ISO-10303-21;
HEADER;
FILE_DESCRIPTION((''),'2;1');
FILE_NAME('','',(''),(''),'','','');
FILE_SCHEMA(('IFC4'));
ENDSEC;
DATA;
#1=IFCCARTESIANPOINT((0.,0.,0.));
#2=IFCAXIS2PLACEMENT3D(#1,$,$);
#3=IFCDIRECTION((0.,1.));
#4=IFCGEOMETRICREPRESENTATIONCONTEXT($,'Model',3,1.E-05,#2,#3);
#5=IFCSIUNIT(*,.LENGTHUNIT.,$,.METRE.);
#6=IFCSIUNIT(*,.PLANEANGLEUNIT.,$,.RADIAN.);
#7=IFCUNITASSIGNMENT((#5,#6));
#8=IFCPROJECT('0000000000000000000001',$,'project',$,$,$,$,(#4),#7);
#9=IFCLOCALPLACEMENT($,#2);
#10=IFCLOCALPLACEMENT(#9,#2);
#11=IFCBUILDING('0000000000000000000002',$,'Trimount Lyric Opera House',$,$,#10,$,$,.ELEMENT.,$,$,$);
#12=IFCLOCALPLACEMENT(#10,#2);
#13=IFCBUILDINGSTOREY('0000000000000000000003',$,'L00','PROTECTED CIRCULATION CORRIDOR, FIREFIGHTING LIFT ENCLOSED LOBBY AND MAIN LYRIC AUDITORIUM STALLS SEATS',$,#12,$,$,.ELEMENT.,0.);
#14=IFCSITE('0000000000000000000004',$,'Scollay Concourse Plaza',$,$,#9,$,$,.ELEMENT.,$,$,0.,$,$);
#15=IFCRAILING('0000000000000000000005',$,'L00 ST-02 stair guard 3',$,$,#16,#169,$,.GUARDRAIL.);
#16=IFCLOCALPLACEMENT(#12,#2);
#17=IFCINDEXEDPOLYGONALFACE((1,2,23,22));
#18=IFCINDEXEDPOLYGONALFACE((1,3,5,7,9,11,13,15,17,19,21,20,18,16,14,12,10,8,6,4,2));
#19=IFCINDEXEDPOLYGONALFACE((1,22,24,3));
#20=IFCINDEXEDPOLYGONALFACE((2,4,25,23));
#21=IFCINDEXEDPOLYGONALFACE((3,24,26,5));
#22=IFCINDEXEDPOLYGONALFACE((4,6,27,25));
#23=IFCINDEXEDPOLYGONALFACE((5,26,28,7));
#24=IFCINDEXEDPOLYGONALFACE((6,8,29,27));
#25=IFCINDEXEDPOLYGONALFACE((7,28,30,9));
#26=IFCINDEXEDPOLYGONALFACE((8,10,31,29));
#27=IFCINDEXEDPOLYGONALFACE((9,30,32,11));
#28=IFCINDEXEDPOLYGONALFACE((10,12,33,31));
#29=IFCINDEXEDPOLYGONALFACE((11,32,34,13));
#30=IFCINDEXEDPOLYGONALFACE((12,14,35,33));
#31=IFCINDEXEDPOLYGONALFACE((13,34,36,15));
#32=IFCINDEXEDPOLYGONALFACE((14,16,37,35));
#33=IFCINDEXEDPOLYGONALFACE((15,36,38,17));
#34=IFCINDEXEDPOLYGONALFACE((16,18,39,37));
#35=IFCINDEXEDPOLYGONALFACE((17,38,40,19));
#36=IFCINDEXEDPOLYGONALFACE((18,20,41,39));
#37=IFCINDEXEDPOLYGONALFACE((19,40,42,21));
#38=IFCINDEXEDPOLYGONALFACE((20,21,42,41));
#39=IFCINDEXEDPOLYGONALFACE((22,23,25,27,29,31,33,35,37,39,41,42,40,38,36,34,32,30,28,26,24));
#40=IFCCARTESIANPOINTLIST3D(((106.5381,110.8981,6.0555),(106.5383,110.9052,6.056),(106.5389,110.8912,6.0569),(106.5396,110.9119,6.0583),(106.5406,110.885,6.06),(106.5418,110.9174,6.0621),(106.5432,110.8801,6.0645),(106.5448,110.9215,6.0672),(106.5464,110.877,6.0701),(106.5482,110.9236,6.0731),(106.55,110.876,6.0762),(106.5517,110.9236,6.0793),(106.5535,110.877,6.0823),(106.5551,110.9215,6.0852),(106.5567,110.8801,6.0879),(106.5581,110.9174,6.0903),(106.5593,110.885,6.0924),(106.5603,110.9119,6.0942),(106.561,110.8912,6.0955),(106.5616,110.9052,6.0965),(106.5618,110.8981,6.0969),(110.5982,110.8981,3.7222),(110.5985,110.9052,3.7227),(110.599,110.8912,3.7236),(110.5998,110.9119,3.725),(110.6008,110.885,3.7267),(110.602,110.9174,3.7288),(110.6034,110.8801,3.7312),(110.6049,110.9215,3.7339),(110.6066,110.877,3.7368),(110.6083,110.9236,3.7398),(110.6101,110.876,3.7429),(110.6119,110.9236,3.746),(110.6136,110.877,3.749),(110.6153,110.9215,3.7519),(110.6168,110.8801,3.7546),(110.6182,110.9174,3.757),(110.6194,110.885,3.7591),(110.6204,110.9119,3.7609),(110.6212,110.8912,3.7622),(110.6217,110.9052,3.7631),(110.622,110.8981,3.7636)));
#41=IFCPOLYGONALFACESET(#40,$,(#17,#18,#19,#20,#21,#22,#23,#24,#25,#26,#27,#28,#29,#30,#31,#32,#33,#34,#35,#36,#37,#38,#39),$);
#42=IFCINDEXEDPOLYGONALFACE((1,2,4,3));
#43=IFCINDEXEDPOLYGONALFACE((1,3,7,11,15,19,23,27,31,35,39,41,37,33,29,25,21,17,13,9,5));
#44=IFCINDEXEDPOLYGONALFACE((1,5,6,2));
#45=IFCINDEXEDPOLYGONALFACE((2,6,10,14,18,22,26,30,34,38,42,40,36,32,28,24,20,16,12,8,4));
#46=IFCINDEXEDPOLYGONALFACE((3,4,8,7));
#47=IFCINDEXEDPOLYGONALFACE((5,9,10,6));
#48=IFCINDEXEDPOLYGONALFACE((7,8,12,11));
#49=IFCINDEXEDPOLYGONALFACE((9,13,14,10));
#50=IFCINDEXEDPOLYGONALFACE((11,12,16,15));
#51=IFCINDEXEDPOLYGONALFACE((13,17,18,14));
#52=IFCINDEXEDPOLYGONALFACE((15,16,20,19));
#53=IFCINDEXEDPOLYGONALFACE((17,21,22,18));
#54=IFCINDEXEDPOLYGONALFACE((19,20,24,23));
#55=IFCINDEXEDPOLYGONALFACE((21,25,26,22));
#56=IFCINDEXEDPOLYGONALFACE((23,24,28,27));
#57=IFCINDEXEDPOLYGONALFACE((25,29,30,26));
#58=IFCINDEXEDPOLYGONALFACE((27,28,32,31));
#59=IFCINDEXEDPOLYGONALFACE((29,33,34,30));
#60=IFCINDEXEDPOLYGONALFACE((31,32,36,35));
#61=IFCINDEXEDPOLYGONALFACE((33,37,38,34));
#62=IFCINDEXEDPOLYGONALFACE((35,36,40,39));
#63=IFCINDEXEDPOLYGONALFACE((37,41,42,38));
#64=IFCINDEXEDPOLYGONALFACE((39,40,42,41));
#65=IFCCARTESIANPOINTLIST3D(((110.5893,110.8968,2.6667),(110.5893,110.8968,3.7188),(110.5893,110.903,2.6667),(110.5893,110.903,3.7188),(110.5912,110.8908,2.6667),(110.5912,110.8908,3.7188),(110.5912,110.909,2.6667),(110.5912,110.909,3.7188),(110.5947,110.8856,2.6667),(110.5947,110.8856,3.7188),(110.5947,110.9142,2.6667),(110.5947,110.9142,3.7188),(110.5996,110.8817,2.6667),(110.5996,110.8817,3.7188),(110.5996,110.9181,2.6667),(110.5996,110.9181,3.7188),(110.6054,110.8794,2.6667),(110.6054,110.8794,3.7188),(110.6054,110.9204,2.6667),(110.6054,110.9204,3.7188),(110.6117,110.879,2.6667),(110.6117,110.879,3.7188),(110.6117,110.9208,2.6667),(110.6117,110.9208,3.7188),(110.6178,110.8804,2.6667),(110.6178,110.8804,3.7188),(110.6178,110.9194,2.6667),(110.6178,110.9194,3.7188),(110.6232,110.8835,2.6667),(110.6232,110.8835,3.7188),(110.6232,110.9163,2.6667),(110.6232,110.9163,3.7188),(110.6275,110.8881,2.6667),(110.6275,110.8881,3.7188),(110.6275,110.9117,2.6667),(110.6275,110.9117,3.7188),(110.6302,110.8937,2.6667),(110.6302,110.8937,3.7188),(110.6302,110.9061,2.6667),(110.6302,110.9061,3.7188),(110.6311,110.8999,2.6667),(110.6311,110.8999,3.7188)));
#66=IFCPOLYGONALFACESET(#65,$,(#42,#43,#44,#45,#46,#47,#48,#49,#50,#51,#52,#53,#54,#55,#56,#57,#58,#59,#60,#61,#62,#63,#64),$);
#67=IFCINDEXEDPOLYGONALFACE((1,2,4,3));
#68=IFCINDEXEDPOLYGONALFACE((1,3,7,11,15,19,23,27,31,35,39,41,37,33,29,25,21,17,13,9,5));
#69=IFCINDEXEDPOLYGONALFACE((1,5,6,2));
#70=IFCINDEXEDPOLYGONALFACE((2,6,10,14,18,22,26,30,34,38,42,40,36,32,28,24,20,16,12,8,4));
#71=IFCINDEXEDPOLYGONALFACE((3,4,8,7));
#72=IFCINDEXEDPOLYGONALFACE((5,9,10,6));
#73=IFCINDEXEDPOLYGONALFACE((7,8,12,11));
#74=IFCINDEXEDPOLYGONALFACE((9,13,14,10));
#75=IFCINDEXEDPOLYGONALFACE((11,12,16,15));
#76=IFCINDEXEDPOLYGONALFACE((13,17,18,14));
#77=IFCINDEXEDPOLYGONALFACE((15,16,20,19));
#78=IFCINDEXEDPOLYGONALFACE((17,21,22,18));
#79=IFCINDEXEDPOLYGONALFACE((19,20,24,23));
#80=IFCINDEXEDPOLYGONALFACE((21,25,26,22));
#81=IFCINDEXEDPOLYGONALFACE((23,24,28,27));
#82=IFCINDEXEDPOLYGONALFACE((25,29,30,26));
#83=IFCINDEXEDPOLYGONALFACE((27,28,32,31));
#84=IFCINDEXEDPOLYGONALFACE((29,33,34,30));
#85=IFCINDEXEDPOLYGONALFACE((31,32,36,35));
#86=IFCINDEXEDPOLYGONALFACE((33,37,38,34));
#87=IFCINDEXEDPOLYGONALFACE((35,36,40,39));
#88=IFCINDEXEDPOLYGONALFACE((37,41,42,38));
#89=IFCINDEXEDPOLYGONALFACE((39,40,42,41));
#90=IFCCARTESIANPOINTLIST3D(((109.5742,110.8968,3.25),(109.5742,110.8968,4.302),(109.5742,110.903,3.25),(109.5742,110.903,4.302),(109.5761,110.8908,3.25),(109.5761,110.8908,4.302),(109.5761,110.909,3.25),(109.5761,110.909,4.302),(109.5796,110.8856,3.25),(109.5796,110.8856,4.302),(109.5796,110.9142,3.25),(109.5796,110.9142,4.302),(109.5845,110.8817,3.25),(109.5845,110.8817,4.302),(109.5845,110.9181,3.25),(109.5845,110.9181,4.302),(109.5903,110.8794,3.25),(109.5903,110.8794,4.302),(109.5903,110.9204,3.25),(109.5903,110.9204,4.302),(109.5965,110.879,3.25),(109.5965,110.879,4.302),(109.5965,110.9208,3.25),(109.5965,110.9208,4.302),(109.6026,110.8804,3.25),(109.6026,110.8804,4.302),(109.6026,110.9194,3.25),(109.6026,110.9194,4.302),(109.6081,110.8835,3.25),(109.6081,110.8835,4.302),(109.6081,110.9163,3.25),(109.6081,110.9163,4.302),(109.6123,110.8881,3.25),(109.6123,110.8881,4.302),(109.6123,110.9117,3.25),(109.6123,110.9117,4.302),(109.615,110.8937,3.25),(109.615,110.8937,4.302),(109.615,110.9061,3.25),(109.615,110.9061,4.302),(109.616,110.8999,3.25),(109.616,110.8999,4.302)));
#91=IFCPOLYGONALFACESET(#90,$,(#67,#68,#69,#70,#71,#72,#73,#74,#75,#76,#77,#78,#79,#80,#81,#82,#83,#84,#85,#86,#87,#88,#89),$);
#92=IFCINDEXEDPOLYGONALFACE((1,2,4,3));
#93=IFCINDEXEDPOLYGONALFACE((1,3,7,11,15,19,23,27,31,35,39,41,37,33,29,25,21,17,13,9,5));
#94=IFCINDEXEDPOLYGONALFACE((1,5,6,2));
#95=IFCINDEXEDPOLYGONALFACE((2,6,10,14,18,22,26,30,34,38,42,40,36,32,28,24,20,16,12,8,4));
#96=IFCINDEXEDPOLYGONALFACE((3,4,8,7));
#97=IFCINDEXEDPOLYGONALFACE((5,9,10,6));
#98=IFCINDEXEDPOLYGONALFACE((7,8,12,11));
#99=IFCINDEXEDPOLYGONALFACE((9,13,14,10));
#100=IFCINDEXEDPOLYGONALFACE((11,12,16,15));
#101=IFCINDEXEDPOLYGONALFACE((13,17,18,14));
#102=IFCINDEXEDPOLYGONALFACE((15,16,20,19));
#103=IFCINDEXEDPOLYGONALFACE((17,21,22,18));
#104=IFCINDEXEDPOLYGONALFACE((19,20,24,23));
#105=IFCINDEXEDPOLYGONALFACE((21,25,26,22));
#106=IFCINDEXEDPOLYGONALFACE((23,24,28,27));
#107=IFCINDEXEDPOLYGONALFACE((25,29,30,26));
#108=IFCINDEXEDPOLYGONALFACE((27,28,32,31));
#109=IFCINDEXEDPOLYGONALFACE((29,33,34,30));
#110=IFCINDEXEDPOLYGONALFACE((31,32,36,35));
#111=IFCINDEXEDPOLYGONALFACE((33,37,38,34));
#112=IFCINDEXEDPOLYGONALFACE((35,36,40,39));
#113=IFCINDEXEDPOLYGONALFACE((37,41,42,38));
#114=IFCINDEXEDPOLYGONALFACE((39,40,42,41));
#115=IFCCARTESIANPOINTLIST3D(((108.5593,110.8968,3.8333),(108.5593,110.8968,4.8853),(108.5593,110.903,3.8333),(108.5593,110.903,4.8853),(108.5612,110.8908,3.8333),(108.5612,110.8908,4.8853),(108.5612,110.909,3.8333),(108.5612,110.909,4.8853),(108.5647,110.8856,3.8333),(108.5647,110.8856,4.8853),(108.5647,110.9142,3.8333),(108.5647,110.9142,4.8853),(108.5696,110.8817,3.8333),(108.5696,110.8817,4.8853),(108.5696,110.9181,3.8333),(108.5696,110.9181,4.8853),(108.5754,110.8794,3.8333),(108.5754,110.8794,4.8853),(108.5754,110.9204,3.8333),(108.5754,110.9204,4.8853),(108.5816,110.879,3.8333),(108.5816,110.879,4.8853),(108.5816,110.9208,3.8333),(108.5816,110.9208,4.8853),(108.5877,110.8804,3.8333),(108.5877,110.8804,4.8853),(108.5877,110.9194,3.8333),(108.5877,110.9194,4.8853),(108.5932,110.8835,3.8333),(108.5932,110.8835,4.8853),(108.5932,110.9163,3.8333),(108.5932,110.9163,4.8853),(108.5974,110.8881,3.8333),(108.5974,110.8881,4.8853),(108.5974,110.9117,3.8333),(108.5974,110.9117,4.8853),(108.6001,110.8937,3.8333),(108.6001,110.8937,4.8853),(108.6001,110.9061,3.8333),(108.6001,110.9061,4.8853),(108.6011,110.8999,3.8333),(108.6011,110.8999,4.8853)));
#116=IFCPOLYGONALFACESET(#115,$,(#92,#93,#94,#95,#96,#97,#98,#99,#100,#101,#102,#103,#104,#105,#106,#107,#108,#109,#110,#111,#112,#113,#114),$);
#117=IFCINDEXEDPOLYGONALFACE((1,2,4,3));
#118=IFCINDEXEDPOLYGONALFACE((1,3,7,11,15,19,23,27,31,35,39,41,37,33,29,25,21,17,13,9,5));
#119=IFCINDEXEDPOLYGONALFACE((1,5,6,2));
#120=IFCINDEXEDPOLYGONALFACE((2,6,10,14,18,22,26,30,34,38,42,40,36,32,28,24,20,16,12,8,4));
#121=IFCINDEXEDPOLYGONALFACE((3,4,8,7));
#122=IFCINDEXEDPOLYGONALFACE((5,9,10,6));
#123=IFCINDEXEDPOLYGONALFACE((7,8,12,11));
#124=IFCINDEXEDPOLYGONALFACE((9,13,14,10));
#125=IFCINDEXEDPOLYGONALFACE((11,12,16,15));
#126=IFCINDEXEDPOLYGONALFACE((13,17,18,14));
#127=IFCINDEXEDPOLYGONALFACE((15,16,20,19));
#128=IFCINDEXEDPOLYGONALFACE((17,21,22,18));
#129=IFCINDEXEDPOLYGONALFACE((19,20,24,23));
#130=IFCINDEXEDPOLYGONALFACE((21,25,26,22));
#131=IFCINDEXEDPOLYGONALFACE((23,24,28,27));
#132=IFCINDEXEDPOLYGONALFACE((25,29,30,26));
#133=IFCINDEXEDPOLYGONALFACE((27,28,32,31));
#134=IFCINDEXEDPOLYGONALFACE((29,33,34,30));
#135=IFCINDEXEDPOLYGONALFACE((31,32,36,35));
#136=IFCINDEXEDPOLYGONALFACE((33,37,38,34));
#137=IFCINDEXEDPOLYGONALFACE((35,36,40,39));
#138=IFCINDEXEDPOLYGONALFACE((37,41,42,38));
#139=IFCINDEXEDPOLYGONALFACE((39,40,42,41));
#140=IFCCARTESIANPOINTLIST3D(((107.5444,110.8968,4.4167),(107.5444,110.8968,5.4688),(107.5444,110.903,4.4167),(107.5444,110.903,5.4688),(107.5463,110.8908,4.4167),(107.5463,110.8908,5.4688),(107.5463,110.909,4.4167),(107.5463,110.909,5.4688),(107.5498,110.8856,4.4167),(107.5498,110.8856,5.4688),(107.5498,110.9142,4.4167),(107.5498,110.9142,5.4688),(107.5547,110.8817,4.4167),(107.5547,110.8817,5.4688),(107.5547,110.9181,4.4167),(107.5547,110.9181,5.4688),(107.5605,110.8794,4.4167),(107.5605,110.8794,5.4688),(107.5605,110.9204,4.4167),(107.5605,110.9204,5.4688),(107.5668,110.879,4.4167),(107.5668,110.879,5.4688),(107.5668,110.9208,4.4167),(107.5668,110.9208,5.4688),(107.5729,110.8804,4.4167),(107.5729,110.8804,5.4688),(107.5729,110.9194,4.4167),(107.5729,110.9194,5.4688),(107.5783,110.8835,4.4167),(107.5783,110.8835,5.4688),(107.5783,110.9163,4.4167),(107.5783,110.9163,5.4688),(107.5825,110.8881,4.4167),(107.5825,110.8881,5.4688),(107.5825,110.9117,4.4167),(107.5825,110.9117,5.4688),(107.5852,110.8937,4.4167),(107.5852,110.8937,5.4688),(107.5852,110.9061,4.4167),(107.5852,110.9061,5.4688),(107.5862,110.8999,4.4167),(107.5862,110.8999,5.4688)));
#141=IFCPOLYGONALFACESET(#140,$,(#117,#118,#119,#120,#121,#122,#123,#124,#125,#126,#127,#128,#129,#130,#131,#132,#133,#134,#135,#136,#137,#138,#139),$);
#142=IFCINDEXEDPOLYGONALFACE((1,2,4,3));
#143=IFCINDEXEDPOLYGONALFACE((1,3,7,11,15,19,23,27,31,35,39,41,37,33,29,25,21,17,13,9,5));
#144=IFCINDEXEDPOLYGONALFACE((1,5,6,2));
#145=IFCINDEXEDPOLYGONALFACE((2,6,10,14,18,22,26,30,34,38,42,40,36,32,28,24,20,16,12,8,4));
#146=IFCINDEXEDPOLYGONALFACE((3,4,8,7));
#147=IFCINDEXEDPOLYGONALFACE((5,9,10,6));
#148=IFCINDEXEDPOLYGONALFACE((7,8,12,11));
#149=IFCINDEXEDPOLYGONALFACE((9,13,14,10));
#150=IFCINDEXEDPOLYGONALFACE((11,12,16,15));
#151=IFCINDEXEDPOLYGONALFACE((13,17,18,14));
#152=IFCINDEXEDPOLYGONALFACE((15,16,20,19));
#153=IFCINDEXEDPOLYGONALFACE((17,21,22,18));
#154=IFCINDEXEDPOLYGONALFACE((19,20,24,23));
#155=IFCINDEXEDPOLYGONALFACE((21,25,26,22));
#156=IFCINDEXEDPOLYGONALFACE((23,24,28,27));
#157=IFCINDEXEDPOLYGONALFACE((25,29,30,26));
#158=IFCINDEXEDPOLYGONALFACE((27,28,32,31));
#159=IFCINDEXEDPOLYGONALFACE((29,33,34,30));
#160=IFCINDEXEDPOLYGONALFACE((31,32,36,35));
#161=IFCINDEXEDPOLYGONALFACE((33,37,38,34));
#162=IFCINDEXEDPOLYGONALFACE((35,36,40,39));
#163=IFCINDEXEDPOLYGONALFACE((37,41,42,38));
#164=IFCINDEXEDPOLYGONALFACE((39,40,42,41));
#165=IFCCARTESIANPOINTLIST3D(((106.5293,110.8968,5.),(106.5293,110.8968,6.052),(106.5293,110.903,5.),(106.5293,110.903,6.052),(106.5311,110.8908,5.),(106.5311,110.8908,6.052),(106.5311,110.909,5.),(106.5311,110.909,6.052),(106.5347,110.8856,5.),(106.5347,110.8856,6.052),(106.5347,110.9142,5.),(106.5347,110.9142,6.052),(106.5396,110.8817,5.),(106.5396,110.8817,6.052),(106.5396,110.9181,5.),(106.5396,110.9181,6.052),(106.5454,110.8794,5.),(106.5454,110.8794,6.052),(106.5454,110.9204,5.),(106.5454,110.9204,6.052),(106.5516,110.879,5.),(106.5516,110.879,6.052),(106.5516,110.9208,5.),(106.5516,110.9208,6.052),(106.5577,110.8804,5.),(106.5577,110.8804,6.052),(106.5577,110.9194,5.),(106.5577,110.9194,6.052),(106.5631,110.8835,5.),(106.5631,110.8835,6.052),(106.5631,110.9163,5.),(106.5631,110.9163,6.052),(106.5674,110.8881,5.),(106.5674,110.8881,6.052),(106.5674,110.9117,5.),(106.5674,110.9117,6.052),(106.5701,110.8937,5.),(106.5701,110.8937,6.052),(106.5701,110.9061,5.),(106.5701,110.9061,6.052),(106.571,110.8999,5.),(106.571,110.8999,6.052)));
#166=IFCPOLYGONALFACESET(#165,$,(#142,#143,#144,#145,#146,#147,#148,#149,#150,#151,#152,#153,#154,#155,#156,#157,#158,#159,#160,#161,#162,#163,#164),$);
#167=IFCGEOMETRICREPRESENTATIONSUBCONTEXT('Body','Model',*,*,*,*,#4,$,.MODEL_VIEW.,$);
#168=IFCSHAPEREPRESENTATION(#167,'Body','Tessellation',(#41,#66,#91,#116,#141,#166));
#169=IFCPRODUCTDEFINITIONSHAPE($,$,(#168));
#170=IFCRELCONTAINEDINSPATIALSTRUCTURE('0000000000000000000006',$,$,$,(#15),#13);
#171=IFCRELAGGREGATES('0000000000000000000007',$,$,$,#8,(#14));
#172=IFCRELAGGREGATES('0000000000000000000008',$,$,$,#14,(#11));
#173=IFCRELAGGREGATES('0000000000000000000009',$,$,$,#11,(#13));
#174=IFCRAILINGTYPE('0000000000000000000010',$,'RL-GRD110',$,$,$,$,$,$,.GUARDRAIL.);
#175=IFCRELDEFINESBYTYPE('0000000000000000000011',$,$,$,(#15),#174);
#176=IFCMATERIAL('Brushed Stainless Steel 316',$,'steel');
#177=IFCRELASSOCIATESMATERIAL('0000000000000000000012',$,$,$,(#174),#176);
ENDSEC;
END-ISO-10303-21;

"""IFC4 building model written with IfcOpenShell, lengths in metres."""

from ifc_helpers import new_model, si_unit, direction, frame, origin, origin_2d, place, context, subcontext, project, spatial, circle, extrude, material, type_object, element, save


model = new_model("IFC4")

# Units and contexts
model_context = context("Model", 3, precision=1e-05, world=origin(), true_north=direction((0.0, 1.0)))
body_context = subcontext(model_context, "Body", "Model", "MODEL_VIEW")
ifc_project = project(units=[si_unit("LENGTHUNIT", "METRE"), si_unit("PLANEANGLEUNIT", "RADIAN")], contexts=[model_context])

# Site, building, storey
site_placement = place(None, origin())
site = spatial("IfcSite", under=ifc_project, at=site_placement, Name="Scollay Concourse Plaza", CompositionType="ELEMENT", RefElevation=0.0)
building_placement = place(site_placement, origin())
building = spatial("IfcBuilding", under=site, at=building_placement, Name="Trimount Lyric Opera House", CompositionType="ELEMENT")
storey_placement = place(building_placement, origin())
storey = spatial("IfcBuildingStorey", under=building, at=storey_placement, Name="L00", Description="PROTECTED CIRCULATION CORRIDOR, FIREFIGHTING LIFT ENCLOSED LOBBY AND MAIN LYRIC AUDITORIUM STALLS SEATS", CompositionType="ELEMENT", Elevation=0.0)

# Railing
ifc_material_1 = material(Name="Brushed Stainless Steel 316", Category="steel")
railing_type_1 = type_object("IfcRailingType", Name="RL-GRD110", PredefinedType="GUARDRAIL", material=ifc_material_1)
railing_1_placement = place(storey_placement, frame((110.6101, 110.8999, 2.6667)))
element("IfcRailing", 1, at=railing_1_placement, inside=storey, type_object=railing_type_1, Name="L00 ST-02 stair guard 3", PredefinedType="GUARDRAIL", context=body_context, shape_type="SweptSolid", body=[
    extrude(circle(Radius=0.0239, at=origin_2d()), frame((0.0, 0.0, 1.0762), z_axis=(-0.867025, 0.0, 0.498265), x_axis=(0.0, -1.0, 0.0)), (0.0, 0.0, 1.0), 4.6829),
    extrude(circle(Radius=0.021, at=origin_2d()), origin(), (0.0, 0.0, 1.0), 1.052),
    extrude(circle(Radius=0.021, at=origin_2d()), frame((-1.0151, 0.0, 0.5833)), (0.0, 0.0, 1.0), 1.052),
    extrude(circle(Radius=0.021, at=origin_2d()), frame((-2.03, 0.0, 1.1665)), (0.0, 0.0, 1.0), 1.052),
    extrude(circle(Radius=0.021, at=origin_2d()), frame((-3.0449, 0.0, 1.75)), (0.0, 0.0, 1.0), 1.052),
    extrude(circle(Radius=0.021, at=origin_2d()), frame((-4.0601, 0.0, 2.3333)), (0.0, 0.0, 1.0), 1.052),
])

save(model, "model.ifc")
